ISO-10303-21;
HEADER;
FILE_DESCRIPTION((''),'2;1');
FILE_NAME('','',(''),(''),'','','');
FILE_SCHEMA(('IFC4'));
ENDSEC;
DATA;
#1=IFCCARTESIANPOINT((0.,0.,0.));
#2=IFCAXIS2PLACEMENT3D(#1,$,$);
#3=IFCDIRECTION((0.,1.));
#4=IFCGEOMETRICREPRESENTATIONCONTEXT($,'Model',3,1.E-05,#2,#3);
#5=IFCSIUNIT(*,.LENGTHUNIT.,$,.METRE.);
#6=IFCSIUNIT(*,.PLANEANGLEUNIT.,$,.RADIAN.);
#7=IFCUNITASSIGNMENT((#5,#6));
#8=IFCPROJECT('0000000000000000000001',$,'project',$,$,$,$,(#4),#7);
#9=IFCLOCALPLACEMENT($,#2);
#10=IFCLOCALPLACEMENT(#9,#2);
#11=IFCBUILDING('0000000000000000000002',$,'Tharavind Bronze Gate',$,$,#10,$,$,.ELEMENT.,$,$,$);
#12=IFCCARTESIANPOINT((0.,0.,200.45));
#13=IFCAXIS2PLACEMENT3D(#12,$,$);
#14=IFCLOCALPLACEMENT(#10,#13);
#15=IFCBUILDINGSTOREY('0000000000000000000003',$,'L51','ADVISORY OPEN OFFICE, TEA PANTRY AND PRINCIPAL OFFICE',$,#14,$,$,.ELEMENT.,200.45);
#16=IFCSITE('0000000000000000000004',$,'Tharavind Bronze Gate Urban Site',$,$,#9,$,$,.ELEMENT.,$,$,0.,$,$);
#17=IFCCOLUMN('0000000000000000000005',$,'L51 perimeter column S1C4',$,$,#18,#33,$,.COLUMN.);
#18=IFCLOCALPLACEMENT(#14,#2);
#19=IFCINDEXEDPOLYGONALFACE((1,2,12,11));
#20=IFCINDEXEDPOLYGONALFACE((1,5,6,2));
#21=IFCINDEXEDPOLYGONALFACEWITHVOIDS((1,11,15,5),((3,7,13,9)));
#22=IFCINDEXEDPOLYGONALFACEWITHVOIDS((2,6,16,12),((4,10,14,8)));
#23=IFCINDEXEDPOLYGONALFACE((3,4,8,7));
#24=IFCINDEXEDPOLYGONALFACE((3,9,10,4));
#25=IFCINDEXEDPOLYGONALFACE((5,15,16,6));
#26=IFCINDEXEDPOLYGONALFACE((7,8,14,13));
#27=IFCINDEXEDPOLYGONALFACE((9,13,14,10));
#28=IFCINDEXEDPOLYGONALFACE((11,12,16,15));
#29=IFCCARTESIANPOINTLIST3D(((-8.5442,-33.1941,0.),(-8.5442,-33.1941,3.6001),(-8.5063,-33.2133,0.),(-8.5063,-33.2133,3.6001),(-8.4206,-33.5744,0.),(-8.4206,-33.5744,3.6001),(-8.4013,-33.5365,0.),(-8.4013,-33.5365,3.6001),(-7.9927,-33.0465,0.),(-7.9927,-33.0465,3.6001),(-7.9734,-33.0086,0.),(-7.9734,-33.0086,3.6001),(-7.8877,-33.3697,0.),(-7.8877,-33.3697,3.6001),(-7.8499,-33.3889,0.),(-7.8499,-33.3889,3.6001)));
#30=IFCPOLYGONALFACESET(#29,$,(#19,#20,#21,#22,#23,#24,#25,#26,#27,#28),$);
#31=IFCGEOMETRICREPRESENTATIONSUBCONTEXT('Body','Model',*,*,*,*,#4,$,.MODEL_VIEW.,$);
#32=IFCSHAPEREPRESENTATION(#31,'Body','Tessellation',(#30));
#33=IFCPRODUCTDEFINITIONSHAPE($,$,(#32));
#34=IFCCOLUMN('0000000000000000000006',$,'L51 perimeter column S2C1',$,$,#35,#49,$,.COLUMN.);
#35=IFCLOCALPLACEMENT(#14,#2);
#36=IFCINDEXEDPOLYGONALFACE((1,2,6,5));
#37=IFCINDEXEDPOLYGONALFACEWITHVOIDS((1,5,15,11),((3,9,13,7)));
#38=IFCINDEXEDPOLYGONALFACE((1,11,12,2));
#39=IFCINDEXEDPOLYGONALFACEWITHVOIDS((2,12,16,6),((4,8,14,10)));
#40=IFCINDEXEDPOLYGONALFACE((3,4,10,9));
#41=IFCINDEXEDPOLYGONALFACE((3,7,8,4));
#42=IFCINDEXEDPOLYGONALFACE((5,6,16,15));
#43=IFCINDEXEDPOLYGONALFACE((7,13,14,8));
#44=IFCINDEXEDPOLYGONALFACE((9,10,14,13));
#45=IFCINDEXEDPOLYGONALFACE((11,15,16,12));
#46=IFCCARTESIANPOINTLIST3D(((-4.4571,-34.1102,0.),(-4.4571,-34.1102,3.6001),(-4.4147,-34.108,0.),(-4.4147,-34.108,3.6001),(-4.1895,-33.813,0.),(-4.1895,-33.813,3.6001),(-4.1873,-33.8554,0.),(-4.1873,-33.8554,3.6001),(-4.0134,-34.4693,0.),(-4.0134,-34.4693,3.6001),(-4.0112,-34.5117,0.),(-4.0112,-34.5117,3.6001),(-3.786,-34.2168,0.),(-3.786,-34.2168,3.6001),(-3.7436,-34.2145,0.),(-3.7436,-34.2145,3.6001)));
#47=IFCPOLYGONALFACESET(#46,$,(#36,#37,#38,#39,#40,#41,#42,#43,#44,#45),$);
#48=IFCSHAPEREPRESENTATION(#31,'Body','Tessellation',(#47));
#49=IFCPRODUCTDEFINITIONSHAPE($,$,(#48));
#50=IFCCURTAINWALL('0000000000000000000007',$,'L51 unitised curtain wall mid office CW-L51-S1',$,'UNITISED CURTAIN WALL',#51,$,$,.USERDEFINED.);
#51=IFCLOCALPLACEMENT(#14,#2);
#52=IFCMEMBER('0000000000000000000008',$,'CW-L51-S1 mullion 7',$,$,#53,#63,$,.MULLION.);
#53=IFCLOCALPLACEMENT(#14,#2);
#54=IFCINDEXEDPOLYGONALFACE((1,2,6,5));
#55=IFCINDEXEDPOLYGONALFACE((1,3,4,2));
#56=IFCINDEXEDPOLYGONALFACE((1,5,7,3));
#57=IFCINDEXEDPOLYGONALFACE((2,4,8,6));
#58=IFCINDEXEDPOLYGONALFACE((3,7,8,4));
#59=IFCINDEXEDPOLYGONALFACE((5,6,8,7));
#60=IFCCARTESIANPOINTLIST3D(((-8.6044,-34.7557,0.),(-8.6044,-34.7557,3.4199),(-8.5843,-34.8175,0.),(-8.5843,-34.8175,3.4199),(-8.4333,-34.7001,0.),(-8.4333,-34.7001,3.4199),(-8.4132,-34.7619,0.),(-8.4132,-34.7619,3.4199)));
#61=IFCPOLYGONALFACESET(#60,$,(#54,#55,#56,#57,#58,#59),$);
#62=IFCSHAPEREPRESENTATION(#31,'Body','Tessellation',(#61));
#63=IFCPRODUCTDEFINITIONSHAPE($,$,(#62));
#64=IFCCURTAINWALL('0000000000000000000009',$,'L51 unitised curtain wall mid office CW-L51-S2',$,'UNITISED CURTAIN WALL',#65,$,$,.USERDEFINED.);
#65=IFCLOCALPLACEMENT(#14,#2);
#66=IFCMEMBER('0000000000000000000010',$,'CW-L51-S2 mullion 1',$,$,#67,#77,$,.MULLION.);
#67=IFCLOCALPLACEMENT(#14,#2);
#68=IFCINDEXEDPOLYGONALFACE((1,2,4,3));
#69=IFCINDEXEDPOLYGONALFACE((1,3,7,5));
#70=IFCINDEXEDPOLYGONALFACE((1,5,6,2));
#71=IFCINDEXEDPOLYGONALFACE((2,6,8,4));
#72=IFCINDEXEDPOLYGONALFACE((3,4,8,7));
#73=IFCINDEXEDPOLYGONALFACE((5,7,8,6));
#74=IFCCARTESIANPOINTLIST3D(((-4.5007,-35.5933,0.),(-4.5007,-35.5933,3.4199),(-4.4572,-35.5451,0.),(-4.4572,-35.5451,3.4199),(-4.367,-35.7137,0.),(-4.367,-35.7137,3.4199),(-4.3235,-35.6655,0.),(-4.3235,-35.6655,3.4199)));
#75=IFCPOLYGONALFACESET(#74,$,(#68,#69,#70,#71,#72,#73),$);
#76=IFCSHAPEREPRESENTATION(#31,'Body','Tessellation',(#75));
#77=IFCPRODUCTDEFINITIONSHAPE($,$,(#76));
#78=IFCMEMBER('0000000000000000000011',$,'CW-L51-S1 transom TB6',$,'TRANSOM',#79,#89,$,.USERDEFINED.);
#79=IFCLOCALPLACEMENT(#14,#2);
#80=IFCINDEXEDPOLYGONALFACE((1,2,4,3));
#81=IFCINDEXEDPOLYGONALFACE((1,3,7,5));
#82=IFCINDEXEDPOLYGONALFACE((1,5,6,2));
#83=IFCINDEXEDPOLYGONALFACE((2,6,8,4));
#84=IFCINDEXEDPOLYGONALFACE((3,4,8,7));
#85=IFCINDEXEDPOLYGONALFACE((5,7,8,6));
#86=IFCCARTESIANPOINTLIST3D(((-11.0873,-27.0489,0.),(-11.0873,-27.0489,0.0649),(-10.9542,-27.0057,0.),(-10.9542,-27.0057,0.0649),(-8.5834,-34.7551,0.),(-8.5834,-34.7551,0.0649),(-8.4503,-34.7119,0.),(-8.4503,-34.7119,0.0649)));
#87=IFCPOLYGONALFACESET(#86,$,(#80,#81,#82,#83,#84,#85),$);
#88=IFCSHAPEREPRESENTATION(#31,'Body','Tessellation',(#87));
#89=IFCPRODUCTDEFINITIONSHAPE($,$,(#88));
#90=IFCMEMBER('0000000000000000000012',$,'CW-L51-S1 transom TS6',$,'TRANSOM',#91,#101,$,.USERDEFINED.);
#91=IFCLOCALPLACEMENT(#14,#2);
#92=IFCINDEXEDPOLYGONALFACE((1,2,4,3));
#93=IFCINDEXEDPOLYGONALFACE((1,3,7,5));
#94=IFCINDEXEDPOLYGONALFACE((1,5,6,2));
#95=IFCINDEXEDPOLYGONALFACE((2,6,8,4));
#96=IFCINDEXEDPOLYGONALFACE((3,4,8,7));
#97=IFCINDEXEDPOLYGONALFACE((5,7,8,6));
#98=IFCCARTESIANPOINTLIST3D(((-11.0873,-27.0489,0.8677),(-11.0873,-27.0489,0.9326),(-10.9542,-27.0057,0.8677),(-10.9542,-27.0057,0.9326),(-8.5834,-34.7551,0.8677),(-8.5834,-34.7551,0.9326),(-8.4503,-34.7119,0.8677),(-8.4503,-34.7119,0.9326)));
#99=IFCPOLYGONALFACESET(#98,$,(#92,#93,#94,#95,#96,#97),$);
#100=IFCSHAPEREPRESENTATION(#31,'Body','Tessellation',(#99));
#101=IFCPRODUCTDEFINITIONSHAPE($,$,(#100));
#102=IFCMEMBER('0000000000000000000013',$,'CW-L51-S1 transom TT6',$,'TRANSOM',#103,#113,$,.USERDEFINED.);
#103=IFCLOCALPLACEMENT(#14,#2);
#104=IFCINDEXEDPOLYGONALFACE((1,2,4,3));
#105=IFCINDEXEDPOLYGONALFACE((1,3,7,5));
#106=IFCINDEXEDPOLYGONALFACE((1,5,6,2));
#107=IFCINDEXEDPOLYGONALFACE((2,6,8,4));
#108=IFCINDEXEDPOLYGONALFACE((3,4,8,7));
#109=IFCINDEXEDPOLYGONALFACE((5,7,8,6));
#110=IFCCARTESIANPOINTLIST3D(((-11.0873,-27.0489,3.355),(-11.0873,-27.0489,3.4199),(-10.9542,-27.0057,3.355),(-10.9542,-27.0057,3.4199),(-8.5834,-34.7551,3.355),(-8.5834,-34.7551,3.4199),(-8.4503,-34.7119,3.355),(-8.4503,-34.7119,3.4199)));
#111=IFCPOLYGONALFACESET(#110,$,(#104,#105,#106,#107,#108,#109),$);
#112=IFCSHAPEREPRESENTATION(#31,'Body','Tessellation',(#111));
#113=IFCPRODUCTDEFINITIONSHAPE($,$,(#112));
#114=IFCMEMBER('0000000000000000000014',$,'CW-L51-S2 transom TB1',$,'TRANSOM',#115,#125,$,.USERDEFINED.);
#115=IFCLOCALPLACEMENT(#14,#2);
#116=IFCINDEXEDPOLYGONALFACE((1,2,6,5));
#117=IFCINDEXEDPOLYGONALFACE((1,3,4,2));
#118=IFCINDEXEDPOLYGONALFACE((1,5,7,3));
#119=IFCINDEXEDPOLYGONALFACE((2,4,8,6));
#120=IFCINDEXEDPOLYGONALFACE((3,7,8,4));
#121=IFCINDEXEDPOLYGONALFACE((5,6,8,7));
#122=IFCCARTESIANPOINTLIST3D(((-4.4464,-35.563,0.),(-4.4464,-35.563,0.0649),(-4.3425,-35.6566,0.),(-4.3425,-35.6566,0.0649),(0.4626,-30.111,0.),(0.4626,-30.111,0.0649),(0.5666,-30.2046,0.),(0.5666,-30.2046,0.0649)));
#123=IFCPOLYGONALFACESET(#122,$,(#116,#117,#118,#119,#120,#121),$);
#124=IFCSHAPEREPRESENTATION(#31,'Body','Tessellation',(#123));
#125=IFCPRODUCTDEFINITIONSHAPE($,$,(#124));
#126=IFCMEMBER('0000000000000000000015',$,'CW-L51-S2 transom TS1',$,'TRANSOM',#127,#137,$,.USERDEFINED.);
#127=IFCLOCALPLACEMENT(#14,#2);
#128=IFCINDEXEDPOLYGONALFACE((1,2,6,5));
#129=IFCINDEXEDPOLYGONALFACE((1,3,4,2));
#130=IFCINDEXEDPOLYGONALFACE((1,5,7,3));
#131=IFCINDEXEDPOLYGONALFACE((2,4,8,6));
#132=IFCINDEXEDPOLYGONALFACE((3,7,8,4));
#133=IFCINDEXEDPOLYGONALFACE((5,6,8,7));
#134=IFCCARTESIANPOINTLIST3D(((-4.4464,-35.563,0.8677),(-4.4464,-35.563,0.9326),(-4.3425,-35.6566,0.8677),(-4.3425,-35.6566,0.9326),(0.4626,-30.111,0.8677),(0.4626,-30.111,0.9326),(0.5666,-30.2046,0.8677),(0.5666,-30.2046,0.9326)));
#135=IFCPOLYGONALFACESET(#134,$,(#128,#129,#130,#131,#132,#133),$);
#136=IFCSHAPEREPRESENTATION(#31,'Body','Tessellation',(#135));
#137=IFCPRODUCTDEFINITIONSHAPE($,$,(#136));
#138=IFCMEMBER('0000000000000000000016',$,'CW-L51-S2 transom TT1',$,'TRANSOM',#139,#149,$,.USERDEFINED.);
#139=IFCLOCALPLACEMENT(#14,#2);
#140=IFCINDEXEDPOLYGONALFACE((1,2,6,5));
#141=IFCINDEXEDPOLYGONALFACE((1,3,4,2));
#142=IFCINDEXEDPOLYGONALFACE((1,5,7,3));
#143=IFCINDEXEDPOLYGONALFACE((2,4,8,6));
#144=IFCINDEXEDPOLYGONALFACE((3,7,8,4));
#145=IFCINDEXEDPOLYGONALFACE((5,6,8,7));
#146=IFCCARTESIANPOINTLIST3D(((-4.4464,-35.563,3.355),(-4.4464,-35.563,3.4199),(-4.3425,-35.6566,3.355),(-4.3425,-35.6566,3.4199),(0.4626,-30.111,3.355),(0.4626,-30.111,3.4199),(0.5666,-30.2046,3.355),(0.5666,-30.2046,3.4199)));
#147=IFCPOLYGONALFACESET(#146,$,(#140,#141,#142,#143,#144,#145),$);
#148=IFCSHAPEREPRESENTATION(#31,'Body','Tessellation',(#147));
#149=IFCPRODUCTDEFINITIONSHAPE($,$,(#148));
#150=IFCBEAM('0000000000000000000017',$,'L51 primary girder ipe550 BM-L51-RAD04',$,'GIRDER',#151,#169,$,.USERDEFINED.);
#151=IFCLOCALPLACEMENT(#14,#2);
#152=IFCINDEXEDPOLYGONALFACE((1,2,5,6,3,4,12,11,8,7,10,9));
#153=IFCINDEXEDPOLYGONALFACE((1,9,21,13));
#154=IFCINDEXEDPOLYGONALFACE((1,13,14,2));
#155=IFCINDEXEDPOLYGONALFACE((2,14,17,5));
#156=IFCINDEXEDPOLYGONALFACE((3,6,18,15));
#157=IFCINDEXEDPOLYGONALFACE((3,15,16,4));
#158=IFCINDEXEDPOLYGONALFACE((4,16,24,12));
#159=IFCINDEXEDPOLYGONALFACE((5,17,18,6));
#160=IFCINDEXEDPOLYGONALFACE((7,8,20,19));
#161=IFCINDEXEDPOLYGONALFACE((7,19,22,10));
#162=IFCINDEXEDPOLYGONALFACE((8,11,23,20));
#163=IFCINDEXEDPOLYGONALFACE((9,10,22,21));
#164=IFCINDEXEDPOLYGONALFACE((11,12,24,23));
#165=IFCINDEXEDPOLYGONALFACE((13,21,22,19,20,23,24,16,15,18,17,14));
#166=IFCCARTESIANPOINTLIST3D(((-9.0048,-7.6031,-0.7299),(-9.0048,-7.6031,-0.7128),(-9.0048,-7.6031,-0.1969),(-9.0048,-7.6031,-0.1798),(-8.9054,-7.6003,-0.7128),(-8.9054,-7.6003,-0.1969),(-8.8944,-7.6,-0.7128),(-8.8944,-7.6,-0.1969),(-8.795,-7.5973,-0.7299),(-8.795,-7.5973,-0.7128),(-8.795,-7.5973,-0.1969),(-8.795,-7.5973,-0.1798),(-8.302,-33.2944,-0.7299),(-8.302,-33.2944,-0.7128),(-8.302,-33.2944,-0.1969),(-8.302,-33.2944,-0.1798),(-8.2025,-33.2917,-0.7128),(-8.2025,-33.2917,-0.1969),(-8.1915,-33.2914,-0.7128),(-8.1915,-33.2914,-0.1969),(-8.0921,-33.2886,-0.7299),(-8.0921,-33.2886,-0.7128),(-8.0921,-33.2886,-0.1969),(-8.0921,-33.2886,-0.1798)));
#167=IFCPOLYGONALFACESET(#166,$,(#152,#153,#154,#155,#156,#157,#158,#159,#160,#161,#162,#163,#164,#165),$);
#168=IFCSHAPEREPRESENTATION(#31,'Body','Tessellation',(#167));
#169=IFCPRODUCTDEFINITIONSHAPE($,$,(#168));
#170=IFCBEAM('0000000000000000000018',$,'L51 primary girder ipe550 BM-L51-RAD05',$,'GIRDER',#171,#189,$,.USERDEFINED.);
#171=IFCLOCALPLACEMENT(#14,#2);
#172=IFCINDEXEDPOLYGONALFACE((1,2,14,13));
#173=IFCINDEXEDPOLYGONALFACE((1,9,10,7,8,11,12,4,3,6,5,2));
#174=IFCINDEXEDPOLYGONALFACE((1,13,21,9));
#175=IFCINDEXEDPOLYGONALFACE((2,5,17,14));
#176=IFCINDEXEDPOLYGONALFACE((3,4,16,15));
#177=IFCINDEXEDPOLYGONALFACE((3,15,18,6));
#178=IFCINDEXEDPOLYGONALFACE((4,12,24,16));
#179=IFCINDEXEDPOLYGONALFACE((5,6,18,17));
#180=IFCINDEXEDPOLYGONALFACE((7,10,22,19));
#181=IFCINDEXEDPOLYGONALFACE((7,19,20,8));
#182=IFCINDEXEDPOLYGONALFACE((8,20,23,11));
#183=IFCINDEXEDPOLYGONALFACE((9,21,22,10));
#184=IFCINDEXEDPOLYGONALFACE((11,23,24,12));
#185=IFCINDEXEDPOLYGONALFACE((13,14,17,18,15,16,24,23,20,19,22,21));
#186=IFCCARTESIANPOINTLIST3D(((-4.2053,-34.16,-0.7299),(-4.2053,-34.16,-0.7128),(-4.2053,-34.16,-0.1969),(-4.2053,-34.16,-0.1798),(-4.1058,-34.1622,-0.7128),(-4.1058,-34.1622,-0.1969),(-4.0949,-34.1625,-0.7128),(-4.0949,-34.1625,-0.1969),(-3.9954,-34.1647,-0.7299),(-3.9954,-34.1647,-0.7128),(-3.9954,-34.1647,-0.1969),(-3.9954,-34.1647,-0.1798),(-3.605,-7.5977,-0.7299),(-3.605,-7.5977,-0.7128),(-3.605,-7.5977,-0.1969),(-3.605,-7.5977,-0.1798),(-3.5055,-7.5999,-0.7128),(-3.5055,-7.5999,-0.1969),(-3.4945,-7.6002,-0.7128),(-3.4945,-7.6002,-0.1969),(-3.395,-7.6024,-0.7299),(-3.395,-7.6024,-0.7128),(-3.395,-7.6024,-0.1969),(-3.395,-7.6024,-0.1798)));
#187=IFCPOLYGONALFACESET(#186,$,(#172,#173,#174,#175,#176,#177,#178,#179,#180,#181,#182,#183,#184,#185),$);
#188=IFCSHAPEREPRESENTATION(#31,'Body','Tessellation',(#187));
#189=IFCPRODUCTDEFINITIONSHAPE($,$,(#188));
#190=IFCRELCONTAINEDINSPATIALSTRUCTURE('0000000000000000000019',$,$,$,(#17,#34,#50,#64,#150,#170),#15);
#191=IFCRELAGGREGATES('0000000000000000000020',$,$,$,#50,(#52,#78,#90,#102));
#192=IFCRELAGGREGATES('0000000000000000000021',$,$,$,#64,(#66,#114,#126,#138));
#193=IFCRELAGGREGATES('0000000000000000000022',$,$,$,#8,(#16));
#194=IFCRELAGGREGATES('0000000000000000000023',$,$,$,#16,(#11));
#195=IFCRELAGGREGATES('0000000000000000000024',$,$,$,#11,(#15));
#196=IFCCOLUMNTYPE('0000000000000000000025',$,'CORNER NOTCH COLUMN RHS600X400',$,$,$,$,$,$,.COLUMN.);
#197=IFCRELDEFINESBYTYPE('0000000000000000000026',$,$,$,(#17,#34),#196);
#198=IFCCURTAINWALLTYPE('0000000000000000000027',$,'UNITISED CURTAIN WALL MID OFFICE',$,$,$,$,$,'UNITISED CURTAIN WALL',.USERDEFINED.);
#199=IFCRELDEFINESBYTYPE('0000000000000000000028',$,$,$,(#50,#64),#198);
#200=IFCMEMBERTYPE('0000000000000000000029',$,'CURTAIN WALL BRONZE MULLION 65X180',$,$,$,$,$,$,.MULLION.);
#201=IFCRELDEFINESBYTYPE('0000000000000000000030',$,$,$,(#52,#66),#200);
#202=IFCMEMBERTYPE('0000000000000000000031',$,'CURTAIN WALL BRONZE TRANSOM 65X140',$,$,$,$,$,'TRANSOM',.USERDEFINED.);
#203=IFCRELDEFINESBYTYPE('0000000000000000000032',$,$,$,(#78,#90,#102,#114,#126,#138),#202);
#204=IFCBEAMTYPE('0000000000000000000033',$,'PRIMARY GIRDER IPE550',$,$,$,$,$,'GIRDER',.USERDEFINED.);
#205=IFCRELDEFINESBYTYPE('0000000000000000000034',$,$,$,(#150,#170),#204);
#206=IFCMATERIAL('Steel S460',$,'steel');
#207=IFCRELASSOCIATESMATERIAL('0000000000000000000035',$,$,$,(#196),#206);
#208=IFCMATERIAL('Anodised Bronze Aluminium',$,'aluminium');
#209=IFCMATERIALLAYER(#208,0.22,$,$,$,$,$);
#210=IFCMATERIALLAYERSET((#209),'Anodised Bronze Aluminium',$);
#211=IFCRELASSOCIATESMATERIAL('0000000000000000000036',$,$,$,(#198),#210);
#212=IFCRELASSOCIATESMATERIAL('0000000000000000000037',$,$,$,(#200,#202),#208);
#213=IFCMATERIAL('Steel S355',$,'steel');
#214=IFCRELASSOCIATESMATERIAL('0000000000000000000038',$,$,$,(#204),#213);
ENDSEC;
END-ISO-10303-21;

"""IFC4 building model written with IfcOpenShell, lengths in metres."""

from ifc_helpers import new_model, si_unit, direction, frame, origin, origin_2d, place, context, subcontext, project, spatial, rectangle, hollow_rectangle, i_section, extrude, material, layer, layer_set, material_profile, profile_set, type_object, element, aggregate, save


model = new_model("IFC4")

# Units and contexts
model_context = context("Model", 3, precision=1e-05, world=origin(), true_north=direction((0.0, 1.0)))
body_context = subcontext(model_context, "Body", "Model", "MODEL_VIEW")
ifc_project = project(units=[si_unit("LENGTHUNIT", "METRE"), si_unit("PLANEANGLEUNIT", "RADIAN")], contexts=[model_context])

# Site, building, storey
site_placement = place(None, origin())
site = spatial("IfcSite", under=ifc_project, at=site_placement, Name="Tharavind Bronze Gate Urban Site", CompositionType="ELEMENT", RefElevation=0.0)
building_placement = place(site_placement, origin())
building = spatial("IfcBuilding", under=site, at=building_placement, Name="Tharavind Bronze Gate", CompositionType="ELEMENT")
storey_placement = place(building_placement, frame((0.0, 0.0, 200.45)))
storey = spatial("IfcBuildingStorey", under=building, at=storey_placement, Name="L51", Description="ADVISORY OPEN OFFICE, TEA PANTRY AND PRINCIPAL OFFICE", CompositionType="ELEMENT", Elevation=200.45)

# Columns
ifc_material_1 = material(Name="Steel S460", Category="steel")
ifc_material_profile_1 = material_profile(ifc_material_1, hollow_rectangle(XDim=0.3999, YDim=0.6001, WallThickness=0.03, at=origin_2d()), Name="RHS600X400X30")
ifc_profile_set_1 = profile_set([ifc_material_profile_1], Name="Steel S460")
column_type = type_object("IfcColumnType", Name="CORNER NOTCH COLUMN RHS600X400", PredefinedType="COLUMN", material=ifc_profile_set_1)
for number, where, z_axis, x_axis, name in (
    (1, (-8.197, -33.2915, 0.0), (0.0, 0.0, 1.0), (-0.309017, 0.951057, 0.0), "L51 perimeter column S1C4"),
    (2, (-4.1003, -34.1624, 0.0), (0.0, 0.0, 1.0), (0.669131, 0.743145, 0.0), "L51 perimeter column S2C1"),
):
    element("IfcColumn", number, at=place(storey_placement, frame(where, z_axis=z_axis, x_axis=x_axis)), inside=storey, type_object=column_type, Name=name, PredefinedType="COLUMN", context=body_context, shape_type="SweptSolid", body=[
        extrude(hollow_rectangle(XDim=0.3999, YDim=0.6001, WallThickness=0.03, at=origin_2d()), origin(), (0.0, 0.0, 1.0), 3.6001),
    ])

# Curtain walls, members
ifc_material_2 = material(Name="Anodised Bronze Aluminium", Category="aluminium")
ifc_layer_1 = layer(ifc_material_2, 0.22)
ifc_layer_set_1 = layer_set([ifc_layer_1], Name="Anodised Bronze Aluminium")
curtain_wall_type = type_object("IfcCurtainWallType", Name="UNITISED CURTAIN WALL MID OFFICE", ElementType="UNITISED CURTAIN WALL", PredefinedType="USERDEFINED", material=ifc_layer_set_1)
curtain_wall_1_placement = place(storey_placement, origin())
curtain_wall_1 = element("IfcCurtainWall", 3, at=curtain_wall_1_placement, inside=storey, type_object=curtain_wall_type, Name="L51 unitised curtain wall mid office CW-L51-S1", ObjectType="UNITISED CURTAIN WALL", PredefinedType="USERDEFINED")
member_type_1 = type_object("IfcMemberType", Name="CURTAIN WALL BRONZE MULLION 65X180", PredefinedType="MULLION", material=ifc_material_2)
member_1_placement = place(storey_placement, frame((-8.5088, -34.7588, 0.0), z_axis=(0.0, 0.0, 1.0), x_axis=(0.309017, -0.951057, 0.0)))
member_1 = element("IfcMember", 4, at=member_1_placement, type_object=member_type_1, Name="CW-L51-S1 mullion 7", PredefinedType="MULLION", context=body_context, shape_type="SweptSolid", body=[
    extrude(rectangle(XDim=0.0649, YDim=0.1799, at=origin_2d()), origin(), (0.0, 0.0, 1.0), 3.4199),
])
curtain_wall_2_placement = place(storey_placement, origin())
curtain_wall_2 = element("IfcCurtainWall", 5, at=curtain_wall_2_placement, inside=storey, type_object=curtain_wall_type, Name="L51 unitised curtain wall mid office CW-L51-S2", ObjectType="UNITISED CURTAIN WALL", PredefinedType="USERDEFINED")
member_2_placement = place(storey_placement, frame((-4.4121, -35.6294, 0.0), z_axis=(0.0, 0.0, 1.0), x_axis=(0.669131, 0.743145, 0.0)))
member_2 = element("IfcMember", 6, at=member_2_placement, type_object=member_type_1, Name="CW-L51-S2 mullion 1", PredefinedType="MULLION", context=body_context, shape_type="SweptSolid", body=[
    extrude(rectangle(XDim=0.0649, YDim=0.1799, at=origin_2d()), origin(), (0.0, 0.0, 1.0), 3.4199),
])

# Members
member_type_2 = type_object("IfcMemberType", Name="CURTAIN WALL BRONZE TRANSOM 65X140", ElementType="TRANSOM", PredefinedType="USERDEFINED", material=ifc_material_2)
member_3_placement = place(storey_placement, frame((-9.7688, -30.8804, 0.0), z_axis=(0.0, 0.0, 1.0), x_axis=(0.309017, -0.951057, 0.0)))
member_3 = element("IfcMember", 7, at=member_3_placement, type_object=member_type_2, Name="CW-L51-S1 transom TB6", ObjectType="TRANSOM", PredefinedType="USERDEFINED", context=body_context, shape_type="SweptSolid", body=[
    extrude(rectangle(XDim=8.1028, YDim=0.1399, at=origin_2d()), origin(), (0.0, 0.0, 1.0), 0.0649),
])
member_4_placement = place(storey_placement, frame((-9.7688, -30.8804, 0.8677), z_axis=(0.0, 0.0, 1.0), x_axis=(0.309017, -0.951057, 0.0)))
member_4 = element("IfcMember", 8, at=member_4_placement, type_object=member_type_2, Name="CW-L51-S1 transom TS6", ObjectType="TRANSOM", PredefinedType="USERDEFINED", context=body_context, shape_type="SweptSolid", body=[
    extrude(rectangle(XDim=8.1028, YDim=0.1399, at=origin_2d()), origin(), (0.0, 0.0, 1.0), 0.0649),
])
member_5_placement = place(storey_placement, frame((-9.7688, -30.8804, 3.355), z_axis=(0.0, 0.0, 1.0), x_axis=(0.309017, -0.951057, 0.0)))
member_5 = element("IfcMember", 9, at=member_5_placement, type_object=member_type_2, Name="CW-L51-S1 transom TT6", ObjectType="TRANSOM", PredefinedType="USERDEFINED", context=body_context, shape_type="SweptSolid", body=[
    extrude(rectangle(XDim=8.1028, YDim=0.1399, at=origin_2d()), origin(), (0.0, 0.0, 1.0), 0.0649),
])
aggregate(curtain_wall_1, [member_1, member_3, member_4, member_5])
member_6_placement = place(storey_placement, frame((-1.9399, -32.8838, 0.0), z_axis=(0.0, 0.0, 1.0), x_axis=(0.669131, 0.743145, 0.0)))
member_6 = element("IfcMember", 10, at=member_6_placement, type_object=member_type_2, Name="CW-L51-S2 transom TB1", ObjectType="TRANSOM", PredefinedType="USERDEFINED", context=body_context, shape_type="SweptSolid", body=[
    extrude(rectangle(XDim=7.3364, YDim=0.1399, at=origin_2d()), origin(), (0.0, 0.0, 1.0), 0.0649),
])
member_7_placement = place(storey_placement, frame((-1.9399, -32.8838, 0.8677), z_axis=(0.0, 0.0, 1.0), x_axis=(0.669131, 0.743145, 0.0)))
member_7 = element("IfcMember", 11, at=member_7_placement, type_object=member_type_2, Name="CW-L51-S2 transom TS1", ObjectType="TRANSOM", PredefinedType="USERDEFINED", context=body_context, shape_type="SweptSolid", body=[
    extrude(rectangle(XDim=7.3364, YDim=0.1399, at=origin_2d()), origin(), (0.0, 0.0, 1.0), 0.0649),
])
member_8_placement = place(storey_placement, frame((-1.9399, -32.8838, 3.355), z_axis=(0.0, 0.0, 1.0), x_axis=(0.669131, 0.743145, 0.0)))
member_8 = element("IfcMember", 12, at=member_8_placement, type_object=member_type_2, Name="CW-L51-S2 transom TT1", ObjectType="TRANSOM", PredefinedType="USERDEFINED", context=body_context, shape_type="SweptSolid", body=[
    extrude(rectangle(XDim=7.3364, YDim=0.1399, at=origin_2d()), origin(), (0.0, 0.0, 1.0), 0.0649),
])

# Beams
ifc_material_3 = material(Name="Steel S355", Category="steel")
ifc_material_profile_2 = material_profile(ifc_material_3, i_section(OverallWidth=0.21, OverallDepth=0.55, WebThickness=0.011, FlangeThickness=0.0171, at=origin_2d()), Name="IPE550")
ifc_profile_set_2 = profile_set([ifc_material_profile_2], Name="Steel S355")
beam_type_1 = type_object("IfcBeamType", Name="PRIMARY GIRDER IPE550", ElementType="GIRDER", PredefinedType="USERDEFINED", material=ifc_profile_set_2)
beam_1_placement = place(storey_placement, frame((-8.197, -33.2915, -0.4548), z_axis=(-0.027348, 0.999626, 0.0), x_axis=(-0.999626, -0.027348, 0.0)))
element("IfcBeam", 13, at=beam_1_placement, inside=storey, type_object=beam_type_1, Name="L51 primary girder ipe550 BM-L51-RAD04", ObjectType="GIRDER", PredefinedType="USERDEFINED", context=body_context, shape_type="SweptSolid", body=[
    extrude(i_section(OverallWidth=0.21, OverallDepth=0.55, WebThickness=0.011, FlangeThickness=0.0171, at=origin_2d()), origin(), (0.0, 0.0, 1.0), 25.7009),
])
beam_2_placement = place(storey_placement, frame((-4.1003, -34.1624, -0.4548), z_axis=(0.022596, 0.999745, 0.0), x_axis=(-0.999745, 0.022596, 0.0)))
element("IfcBeam", 14, at=beam_2_placement, inside=storey, type_object=beam_type_1, Name="L51 primary girder ipe550 BM-L51-RAD05", ObjectType="GIRDER", PredefinedType="USERDEFINED", context=body_context, shape_type="SweptSolid", body=[
    extrude(i_section(OverallWidth=0.21, OverallDepth=0.55, WebThickness=0.011, FlangeThickness=0.0171, at=origin_2d()), origin(), (0.0, 0.0, 1.0), 26.5691),
])

aggregate(curtain_wall_2, [member_2, member_6, member_7, member_8])

save(model, "model.ifc")
